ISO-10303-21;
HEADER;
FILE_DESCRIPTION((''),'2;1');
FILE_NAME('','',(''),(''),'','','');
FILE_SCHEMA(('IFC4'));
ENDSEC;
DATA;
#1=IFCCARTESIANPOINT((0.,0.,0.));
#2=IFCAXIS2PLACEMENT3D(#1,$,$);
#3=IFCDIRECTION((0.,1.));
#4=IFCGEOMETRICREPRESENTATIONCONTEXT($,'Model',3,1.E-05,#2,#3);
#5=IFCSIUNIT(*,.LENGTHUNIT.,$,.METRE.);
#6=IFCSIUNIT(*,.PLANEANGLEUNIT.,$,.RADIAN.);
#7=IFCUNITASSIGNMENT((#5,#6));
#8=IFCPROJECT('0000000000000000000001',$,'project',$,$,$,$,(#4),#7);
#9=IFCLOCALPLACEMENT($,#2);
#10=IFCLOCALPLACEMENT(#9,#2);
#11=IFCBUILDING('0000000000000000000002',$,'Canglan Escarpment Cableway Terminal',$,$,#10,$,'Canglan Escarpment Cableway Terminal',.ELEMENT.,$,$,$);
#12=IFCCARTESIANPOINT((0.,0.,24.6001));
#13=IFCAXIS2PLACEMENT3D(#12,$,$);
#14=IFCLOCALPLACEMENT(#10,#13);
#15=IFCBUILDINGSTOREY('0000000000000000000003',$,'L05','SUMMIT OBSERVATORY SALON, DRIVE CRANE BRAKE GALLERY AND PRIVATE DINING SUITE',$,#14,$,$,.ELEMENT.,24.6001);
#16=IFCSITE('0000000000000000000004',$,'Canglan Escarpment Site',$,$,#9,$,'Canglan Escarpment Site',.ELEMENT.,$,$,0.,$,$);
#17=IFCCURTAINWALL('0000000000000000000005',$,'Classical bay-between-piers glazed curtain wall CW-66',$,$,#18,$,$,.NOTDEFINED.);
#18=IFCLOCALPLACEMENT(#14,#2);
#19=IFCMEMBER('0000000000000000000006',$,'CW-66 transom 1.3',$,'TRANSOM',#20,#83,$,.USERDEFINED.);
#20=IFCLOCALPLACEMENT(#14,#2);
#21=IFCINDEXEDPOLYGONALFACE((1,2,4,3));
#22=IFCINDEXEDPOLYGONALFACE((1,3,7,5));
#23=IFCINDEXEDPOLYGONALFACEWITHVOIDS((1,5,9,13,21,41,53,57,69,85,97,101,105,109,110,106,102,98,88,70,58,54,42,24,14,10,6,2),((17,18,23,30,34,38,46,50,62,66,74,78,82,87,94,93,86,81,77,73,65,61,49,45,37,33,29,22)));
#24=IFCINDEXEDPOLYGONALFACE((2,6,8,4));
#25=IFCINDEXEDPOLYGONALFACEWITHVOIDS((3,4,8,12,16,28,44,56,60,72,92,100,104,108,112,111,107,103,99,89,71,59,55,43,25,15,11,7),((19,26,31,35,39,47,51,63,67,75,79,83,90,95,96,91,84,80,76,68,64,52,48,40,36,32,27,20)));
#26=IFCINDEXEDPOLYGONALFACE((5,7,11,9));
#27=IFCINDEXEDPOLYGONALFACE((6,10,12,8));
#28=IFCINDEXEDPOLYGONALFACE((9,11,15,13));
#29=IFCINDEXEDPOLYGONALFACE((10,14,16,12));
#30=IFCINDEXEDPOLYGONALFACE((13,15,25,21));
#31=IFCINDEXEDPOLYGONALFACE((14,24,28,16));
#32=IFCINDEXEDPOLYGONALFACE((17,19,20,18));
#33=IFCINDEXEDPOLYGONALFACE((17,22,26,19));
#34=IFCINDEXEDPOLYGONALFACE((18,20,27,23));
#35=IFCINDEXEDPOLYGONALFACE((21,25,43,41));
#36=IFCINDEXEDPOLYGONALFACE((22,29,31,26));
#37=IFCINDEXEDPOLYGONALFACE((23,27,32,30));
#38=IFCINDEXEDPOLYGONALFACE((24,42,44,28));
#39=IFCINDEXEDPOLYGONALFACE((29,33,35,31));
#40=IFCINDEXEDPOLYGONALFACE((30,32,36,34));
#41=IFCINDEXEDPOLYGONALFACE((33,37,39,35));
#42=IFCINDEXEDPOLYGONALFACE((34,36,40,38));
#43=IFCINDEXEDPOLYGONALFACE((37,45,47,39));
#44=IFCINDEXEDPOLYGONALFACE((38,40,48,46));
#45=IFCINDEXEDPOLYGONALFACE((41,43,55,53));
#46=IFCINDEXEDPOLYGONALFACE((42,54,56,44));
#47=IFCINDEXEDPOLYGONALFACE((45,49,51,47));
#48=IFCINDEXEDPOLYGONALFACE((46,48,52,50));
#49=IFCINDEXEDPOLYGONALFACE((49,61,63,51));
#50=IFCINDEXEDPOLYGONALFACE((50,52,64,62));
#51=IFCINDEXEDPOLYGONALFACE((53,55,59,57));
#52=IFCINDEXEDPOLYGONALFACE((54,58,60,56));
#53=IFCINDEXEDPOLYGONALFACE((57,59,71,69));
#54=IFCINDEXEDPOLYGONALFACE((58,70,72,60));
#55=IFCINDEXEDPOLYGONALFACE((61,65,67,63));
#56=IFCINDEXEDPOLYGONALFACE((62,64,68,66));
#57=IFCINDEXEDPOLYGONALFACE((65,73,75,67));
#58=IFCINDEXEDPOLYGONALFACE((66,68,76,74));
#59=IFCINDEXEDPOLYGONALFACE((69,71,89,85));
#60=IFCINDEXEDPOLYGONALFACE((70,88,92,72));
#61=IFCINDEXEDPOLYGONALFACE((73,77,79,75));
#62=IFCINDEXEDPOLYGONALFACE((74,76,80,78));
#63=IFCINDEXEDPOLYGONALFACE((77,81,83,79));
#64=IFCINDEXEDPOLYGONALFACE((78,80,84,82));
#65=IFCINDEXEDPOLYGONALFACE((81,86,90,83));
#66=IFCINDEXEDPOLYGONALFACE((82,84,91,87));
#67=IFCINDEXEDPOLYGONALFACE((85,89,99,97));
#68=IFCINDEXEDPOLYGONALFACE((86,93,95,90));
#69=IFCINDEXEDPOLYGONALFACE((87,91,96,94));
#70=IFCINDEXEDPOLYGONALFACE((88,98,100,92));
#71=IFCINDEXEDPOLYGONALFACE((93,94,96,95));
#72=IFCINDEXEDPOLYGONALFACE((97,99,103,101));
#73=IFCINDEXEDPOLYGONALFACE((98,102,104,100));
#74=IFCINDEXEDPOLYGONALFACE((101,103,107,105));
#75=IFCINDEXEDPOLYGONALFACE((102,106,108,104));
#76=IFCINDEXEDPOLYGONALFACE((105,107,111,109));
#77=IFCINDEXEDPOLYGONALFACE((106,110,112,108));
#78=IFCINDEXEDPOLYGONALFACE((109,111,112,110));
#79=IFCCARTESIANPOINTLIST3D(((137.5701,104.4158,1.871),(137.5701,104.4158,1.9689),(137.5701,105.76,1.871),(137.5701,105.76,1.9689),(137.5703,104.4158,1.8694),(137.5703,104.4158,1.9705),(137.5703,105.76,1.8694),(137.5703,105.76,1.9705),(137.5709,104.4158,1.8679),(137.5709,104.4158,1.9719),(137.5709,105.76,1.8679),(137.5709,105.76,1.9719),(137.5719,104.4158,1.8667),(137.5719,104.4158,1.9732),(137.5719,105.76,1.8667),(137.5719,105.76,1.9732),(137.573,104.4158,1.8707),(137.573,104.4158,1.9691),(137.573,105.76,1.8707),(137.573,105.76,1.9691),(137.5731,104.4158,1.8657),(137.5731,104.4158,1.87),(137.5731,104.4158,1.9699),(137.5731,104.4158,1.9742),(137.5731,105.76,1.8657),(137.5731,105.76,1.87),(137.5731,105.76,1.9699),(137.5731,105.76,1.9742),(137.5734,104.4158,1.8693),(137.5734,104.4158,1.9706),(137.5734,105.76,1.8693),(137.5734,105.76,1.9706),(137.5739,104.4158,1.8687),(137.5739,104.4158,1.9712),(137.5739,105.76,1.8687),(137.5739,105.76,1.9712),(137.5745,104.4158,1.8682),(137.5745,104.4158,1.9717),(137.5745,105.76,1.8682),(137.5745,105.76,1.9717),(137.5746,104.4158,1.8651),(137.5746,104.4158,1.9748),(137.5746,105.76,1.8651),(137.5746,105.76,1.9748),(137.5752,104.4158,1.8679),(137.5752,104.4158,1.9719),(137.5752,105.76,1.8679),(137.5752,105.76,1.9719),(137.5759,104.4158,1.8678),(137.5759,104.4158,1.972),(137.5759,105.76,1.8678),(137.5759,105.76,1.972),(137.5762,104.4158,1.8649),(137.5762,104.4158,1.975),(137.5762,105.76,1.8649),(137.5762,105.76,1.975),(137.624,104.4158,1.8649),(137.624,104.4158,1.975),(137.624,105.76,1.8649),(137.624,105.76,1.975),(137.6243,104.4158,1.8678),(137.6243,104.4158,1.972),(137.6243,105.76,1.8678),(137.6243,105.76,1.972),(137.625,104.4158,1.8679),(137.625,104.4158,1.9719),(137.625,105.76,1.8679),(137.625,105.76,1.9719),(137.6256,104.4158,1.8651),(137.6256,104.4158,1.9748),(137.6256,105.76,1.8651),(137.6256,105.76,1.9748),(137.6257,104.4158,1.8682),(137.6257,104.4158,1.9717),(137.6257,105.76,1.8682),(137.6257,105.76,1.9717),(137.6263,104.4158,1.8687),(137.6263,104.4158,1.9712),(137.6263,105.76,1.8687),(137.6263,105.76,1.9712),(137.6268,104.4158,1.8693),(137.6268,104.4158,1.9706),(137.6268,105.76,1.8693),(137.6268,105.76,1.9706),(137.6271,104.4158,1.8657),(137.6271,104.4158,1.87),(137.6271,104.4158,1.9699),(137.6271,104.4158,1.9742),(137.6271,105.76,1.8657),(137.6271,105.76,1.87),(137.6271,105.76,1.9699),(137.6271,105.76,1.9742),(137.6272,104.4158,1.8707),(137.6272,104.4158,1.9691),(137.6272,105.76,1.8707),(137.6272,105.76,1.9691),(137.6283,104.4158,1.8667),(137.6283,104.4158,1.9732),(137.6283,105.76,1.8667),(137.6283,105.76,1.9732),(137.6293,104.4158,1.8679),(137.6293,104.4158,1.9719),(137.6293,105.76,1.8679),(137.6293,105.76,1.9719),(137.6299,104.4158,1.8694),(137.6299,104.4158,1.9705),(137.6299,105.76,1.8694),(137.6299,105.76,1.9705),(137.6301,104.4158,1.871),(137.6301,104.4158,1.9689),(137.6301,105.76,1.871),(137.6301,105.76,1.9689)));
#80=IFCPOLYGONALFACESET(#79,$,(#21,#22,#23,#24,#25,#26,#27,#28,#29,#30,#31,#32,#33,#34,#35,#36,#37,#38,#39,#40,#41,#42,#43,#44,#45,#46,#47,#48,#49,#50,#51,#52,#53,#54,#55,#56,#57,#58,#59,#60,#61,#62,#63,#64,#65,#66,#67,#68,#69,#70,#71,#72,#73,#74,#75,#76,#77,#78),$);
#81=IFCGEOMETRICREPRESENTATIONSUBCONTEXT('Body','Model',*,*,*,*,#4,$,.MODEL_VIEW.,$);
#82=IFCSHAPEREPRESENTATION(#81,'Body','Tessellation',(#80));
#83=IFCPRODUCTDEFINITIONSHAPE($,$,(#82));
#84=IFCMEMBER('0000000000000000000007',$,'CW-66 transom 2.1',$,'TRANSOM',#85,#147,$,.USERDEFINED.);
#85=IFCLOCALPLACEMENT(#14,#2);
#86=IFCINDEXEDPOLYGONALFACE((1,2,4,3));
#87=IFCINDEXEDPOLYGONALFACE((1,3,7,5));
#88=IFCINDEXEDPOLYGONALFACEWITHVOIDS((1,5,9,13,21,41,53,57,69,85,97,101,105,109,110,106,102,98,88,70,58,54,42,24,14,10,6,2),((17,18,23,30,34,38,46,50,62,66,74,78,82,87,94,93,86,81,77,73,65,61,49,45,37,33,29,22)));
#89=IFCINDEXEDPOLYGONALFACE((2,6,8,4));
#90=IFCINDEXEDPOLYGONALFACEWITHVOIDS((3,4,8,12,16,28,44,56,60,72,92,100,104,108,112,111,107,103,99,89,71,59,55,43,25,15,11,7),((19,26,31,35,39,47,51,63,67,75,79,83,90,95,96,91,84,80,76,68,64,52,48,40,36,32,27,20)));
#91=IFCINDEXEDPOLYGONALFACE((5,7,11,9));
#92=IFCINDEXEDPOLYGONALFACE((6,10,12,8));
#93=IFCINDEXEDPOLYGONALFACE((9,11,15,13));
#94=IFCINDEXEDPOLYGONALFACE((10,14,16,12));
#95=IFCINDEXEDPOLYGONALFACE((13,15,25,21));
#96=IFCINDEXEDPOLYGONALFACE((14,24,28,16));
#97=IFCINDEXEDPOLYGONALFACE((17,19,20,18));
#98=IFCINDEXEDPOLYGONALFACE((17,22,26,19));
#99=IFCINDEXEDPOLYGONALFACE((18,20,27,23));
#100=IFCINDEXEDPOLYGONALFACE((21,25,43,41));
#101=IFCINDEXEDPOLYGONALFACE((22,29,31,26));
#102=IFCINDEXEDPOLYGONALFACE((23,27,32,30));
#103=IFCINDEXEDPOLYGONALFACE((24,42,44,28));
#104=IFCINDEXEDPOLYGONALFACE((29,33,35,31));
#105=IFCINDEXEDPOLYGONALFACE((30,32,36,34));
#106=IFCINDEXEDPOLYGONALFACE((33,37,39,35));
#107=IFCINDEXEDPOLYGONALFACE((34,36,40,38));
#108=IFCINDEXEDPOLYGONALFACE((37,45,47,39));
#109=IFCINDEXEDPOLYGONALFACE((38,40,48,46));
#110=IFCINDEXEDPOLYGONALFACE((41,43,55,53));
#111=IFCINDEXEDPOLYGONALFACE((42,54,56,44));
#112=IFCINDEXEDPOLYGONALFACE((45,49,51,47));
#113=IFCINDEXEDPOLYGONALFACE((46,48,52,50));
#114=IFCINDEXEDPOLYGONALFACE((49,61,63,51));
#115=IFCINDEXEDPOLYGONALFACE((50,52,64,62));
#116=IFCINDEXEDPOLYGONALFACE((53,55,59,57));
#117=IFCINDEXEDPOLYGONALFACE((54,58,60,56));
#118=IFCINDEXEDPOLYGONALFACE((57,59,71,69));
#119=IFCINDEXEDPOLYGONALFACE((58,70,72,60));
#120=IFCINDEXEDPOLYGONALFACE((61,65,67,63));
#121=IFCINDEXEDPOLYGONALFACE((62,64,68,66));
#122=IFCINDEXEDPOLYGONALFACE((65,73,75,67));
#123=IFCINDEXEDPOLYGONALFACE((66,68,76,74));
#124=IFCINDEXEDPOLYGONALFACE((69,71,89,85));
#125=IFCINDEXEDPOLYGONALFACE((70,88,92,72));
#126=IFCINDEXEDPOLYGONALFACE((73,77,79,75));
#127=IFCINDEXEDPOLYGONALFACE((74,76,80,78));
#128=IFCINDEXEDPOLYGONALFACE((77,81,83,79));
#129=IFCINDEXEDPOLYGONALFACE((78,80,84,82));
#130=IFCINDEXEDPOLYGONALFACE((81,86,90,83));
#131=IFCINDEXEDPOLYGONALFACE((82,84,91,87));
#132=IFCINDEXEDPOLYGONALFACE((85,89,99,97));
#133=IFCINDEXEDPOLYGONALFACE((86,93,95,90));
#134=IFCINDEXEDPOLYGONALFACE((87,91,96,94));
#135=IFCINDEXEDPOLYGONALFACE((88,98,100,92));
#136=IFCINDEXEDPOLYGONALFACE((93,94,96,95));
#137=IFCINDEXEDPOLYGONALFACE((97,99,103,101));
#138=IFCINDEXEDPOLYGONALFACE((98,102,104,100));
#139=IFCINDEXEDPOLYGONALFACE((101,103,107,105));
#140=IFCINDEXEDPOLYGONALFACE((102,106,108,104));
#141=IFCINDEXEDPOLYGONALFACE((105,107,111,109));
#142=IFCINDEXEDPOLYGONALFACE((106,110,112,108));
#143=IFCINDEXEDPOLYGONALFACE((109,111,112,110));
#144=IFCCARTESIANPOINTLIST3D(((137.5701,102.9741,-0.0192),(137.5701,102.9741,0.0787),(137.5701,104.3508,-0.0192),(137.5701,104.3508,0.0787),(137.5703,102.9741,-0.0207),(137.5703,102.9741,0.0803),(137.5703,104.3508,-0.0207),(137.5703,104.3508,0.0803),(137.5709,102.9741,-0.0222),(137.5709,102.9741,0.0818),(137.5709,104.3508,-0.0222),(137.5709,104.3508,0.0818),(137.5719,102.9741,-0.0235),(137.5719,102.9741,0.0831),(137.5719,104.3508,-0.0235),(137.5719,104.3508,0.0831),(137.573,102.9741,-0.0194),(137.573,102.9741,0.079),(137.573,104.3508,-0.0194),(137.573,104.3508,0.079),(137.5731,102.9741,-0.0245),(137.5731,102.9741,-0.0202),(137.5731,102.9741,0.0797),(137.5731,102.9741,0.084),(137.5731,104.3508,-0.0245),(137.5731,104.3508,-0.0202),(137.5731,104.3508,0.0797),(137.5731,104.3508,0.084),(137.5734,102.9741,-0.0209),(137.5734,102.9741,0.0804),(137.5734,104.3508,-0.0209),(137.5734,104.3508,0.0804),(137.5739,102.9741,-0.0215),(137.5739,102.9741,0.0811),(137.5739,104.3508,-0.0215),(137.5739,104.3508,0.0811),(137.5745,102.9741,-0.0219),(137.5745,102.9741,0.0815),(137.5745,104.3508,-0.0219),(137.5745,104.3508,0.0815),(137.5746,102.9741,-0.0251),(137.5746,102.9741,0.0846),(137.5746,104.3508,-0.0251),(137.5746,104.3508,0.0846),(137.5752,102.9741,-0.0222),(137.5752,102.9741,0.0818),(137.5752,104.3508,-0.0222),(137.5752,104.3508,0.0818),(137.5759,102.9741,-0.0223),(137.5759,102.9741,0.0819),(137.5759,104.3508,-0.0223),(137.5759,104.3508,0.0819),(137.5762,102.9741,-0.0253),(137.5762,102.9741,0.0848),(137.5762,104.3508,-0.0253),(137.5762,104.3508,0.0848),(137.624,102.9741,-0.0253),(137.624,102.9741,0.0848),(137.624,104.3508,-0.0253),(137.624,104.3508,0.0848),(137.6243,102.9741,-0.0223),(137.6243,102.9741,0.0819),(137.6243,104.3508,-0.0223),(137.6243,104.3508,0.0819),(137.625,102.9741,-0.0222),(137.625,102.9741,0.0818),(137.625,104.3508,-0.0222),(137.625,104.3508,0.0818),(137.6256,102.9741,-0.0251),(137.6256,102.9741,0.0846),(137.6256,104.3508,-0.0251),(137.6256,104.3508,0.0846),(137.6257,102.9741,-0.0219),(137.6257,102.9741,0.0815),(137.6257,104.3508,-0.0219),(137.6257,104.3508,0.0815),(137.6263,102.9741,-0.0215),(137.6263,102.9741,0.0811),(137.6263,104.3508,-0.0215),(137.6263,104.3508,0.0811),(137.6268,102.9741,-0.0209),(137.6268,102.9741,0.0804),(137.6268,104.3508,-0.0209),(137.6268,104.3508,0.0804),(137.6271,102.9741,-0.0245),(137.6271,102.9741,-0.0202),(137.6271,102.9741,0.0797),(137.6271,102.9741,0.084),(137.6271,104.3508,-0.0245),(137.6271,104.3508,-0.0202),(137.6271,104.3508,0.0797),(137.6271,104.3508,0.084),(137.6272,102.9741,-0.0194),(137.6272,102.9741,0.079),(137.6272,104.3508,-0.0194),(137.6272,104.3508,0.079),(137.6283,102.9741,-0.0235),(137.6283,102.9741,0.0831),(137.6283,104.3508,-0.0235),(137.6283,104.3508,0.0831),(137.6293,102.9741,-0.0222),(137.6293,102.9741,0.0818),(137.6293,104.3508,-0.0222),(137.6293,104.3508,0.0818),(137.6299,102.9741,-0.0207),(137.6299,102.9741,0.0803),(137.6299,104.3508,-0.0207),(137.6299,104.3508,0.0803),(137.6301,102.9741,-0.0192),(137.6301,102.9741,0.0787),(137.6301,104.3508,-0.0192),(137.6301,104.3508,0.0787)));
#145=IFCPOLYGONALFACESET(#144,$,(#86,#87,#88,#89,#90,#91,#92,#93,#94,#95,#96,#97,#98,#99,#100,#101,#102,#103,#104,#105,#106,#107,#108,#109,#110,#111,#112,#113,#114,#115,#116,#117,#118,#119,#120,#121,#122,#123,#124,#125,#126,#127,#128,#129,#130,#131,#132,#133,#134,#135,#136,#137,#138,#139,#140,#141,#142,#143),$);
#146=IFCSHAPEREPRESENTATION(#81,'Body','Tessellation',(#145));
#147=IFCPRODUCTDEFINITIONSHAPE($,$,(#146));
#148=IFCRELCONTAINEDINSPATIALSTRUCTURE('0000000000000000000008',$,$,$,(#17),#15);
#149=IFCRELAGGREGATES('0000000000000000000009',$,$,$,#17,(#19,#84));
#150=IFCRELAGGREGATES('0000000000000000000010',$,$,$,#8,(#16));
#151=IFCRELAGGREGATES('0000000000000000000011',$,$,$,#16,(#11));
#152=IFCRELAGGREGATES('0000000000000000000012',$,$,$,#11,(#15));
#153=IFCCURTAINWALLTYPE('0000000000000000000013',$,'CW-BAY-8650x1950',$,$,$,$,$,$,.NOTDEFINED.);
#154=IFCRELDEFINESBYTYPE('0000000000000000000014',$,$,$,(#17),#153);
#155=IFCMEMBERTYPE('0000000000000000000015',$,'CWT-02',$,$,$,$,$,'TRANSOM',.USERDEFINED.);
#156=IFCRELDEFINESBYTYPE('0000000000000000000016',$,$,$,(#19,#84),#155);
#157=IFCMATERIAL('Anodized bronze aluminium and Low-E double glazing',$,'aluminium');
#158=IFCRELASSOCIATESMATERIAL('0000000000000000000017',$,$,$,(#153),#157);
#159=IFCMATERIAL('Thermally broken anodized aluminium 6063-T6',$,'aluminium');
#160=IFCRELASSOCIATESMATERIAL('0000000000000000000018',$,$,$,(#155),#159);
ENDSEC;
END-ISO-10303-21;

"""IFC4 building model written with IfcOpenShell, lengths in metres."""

from ifc_helpers import new_model, si_unit, direction, frame, origin, origin_2d, place, context, subcontext, project, spatial, hollow_rectangle, extrude, material, material_profile, profile_set, type_object, element, aggregate, save


model = new_model("IFC4")

# Units and contexts
model_context = context("Model", 3, precision=1e-05, world=origin(), true_north=direction((0.0, 1.0)))
body_context = subcontext(model_context, "Body", "Model", "MODEL_VIEW")
ifc_project = project(units=[si_unit("LENGTHUNIT", "METRE"), si_unit("PLANEANGLEUNIT", "RADIAN")], contexts=[model_context])

# Site, building, storey
site_placement = place(None, origin())
site = spatial("IfcSite", under=ifc_project, at=site_placement, Name="Canglan Escarpment Site", LongName="Canglan Escarpment Site", CompositionType="ELEMENT", RefElevation=0.0)
building_placement = place(site_placement, origin())
building = spatial("IfcBuilding", under=site, at=building_placement, Name="Canglan Escarpment Cableway Terminal", LongName="Canglan Escarpment Cableway Terminal", CompositionType="ELEMENT")
storey_placement = place(building_placement, frame((0.0, 0.0, 24.6001)))
storey = spatial("IfcBuildingStorey", under=building, at=storey_placement, Name="L05", Description="SUMMIT OBSERVATORY SALON, DRIVE CRANE BRAKE GALLERY AND PRIVATE DINING SUITE", CompositionType="ELEMENT", Elevation=24.6001)

# Curtain wall, members
ifc_material_1 = material(Name="Anodized bronze aluminium and Low-E double glazing", Category="aluminium")
curtain_wall_type = type_object("IfcCurtainWallType", Name="CW-BAY-8650x1950", PredefinedType="NOTDEFINED", material=ifc_material_1)
curtain_wall_placement = place(storey_placement, origin())
curtain_wall = element("IfcCurtainWall", 1, at=curtain_wall_placement, inside=storey, type_object=curtain_wall_type, Name="Classical bay-between-piers glazed curtain wall CW-66", PredefinedType="NOTDEFINED")
ifc_material_2 = material(Name="Thermally broken anodized aluminium 6063-T6", Category="aluminium")
ifc_material_profile_1 = material_profile(ifc_material_2, hollow_rectangle(XDim=0.0601, YDim=0.1101, WallThickness=0.0029, InnerFilletRadius=0.0029, OuterFilletRadius=0.0061, at=origin_2d()), Name="ALU-TRAN 60x110x3")
ifc_profile_set_1 = profile_set([ifc_material_profile_1], Name="Thermally broken anodized aluminium 6063-T6")
member_type_1 = type_object("IfcMemberType", Name="CWT-02", ElementType="TRANSOM", PredefinedType="USERDEFINED", material=ifc_profile_set_1)
member_1_placement = place(storey_placement, frame((137.6001, 105.76, 1.9199), z_axis=(0.0, -1.0, 0.0), x_axis=(1.0, 0.0, 0.0)))
member_1 = element("IfcMember", 2, at=member_1_placement, type_object=member_type_1, Name="CW-66 transom 1.3", ObjectType="TRANSOM", PredefinedType="USERDEFINED", context=body_context, shape_type="SweptSolid", body=[
    extrude(hollow_rectangle(XDim=0.0601, YDim=0.1101, WallThickness=0.0029, InnerFilletRadius=0.0029, OuterFilletRadius=0.0061, at=origin_2d()), origin(), (0.0, 0.0, 1.0), 1.3442),
])
member_2_placement = place(storey_placement, frame((137.6001, 104.3508, 0.0298), z_axis=(0.0, -1.0, 0.0), x_axis=(1.0, 0.0, 0.0)))
member_2 = element("IfcMember", 3, at=member_2_placement, type_object=member_type_1, Name="CW-66 transom 2.1", ObjectType="TRANSOM", PredefinedType="USERDEFINED", context=body_context, shape_type="SweptSolid", body=[
    extrude(hollow_rectangle(XDim=0.0601, YDim=0.1101, WallThickness=0.0029, InnerFilletRadius=0.0029, OuterFilletRadius=0.0061, at=origin_2d()), origin(), (0.0, 0.0, 1.0), 1.3767),
])

aggregate(curtain_wall, [member_1, member_2])

save(model, "model.ifc")
